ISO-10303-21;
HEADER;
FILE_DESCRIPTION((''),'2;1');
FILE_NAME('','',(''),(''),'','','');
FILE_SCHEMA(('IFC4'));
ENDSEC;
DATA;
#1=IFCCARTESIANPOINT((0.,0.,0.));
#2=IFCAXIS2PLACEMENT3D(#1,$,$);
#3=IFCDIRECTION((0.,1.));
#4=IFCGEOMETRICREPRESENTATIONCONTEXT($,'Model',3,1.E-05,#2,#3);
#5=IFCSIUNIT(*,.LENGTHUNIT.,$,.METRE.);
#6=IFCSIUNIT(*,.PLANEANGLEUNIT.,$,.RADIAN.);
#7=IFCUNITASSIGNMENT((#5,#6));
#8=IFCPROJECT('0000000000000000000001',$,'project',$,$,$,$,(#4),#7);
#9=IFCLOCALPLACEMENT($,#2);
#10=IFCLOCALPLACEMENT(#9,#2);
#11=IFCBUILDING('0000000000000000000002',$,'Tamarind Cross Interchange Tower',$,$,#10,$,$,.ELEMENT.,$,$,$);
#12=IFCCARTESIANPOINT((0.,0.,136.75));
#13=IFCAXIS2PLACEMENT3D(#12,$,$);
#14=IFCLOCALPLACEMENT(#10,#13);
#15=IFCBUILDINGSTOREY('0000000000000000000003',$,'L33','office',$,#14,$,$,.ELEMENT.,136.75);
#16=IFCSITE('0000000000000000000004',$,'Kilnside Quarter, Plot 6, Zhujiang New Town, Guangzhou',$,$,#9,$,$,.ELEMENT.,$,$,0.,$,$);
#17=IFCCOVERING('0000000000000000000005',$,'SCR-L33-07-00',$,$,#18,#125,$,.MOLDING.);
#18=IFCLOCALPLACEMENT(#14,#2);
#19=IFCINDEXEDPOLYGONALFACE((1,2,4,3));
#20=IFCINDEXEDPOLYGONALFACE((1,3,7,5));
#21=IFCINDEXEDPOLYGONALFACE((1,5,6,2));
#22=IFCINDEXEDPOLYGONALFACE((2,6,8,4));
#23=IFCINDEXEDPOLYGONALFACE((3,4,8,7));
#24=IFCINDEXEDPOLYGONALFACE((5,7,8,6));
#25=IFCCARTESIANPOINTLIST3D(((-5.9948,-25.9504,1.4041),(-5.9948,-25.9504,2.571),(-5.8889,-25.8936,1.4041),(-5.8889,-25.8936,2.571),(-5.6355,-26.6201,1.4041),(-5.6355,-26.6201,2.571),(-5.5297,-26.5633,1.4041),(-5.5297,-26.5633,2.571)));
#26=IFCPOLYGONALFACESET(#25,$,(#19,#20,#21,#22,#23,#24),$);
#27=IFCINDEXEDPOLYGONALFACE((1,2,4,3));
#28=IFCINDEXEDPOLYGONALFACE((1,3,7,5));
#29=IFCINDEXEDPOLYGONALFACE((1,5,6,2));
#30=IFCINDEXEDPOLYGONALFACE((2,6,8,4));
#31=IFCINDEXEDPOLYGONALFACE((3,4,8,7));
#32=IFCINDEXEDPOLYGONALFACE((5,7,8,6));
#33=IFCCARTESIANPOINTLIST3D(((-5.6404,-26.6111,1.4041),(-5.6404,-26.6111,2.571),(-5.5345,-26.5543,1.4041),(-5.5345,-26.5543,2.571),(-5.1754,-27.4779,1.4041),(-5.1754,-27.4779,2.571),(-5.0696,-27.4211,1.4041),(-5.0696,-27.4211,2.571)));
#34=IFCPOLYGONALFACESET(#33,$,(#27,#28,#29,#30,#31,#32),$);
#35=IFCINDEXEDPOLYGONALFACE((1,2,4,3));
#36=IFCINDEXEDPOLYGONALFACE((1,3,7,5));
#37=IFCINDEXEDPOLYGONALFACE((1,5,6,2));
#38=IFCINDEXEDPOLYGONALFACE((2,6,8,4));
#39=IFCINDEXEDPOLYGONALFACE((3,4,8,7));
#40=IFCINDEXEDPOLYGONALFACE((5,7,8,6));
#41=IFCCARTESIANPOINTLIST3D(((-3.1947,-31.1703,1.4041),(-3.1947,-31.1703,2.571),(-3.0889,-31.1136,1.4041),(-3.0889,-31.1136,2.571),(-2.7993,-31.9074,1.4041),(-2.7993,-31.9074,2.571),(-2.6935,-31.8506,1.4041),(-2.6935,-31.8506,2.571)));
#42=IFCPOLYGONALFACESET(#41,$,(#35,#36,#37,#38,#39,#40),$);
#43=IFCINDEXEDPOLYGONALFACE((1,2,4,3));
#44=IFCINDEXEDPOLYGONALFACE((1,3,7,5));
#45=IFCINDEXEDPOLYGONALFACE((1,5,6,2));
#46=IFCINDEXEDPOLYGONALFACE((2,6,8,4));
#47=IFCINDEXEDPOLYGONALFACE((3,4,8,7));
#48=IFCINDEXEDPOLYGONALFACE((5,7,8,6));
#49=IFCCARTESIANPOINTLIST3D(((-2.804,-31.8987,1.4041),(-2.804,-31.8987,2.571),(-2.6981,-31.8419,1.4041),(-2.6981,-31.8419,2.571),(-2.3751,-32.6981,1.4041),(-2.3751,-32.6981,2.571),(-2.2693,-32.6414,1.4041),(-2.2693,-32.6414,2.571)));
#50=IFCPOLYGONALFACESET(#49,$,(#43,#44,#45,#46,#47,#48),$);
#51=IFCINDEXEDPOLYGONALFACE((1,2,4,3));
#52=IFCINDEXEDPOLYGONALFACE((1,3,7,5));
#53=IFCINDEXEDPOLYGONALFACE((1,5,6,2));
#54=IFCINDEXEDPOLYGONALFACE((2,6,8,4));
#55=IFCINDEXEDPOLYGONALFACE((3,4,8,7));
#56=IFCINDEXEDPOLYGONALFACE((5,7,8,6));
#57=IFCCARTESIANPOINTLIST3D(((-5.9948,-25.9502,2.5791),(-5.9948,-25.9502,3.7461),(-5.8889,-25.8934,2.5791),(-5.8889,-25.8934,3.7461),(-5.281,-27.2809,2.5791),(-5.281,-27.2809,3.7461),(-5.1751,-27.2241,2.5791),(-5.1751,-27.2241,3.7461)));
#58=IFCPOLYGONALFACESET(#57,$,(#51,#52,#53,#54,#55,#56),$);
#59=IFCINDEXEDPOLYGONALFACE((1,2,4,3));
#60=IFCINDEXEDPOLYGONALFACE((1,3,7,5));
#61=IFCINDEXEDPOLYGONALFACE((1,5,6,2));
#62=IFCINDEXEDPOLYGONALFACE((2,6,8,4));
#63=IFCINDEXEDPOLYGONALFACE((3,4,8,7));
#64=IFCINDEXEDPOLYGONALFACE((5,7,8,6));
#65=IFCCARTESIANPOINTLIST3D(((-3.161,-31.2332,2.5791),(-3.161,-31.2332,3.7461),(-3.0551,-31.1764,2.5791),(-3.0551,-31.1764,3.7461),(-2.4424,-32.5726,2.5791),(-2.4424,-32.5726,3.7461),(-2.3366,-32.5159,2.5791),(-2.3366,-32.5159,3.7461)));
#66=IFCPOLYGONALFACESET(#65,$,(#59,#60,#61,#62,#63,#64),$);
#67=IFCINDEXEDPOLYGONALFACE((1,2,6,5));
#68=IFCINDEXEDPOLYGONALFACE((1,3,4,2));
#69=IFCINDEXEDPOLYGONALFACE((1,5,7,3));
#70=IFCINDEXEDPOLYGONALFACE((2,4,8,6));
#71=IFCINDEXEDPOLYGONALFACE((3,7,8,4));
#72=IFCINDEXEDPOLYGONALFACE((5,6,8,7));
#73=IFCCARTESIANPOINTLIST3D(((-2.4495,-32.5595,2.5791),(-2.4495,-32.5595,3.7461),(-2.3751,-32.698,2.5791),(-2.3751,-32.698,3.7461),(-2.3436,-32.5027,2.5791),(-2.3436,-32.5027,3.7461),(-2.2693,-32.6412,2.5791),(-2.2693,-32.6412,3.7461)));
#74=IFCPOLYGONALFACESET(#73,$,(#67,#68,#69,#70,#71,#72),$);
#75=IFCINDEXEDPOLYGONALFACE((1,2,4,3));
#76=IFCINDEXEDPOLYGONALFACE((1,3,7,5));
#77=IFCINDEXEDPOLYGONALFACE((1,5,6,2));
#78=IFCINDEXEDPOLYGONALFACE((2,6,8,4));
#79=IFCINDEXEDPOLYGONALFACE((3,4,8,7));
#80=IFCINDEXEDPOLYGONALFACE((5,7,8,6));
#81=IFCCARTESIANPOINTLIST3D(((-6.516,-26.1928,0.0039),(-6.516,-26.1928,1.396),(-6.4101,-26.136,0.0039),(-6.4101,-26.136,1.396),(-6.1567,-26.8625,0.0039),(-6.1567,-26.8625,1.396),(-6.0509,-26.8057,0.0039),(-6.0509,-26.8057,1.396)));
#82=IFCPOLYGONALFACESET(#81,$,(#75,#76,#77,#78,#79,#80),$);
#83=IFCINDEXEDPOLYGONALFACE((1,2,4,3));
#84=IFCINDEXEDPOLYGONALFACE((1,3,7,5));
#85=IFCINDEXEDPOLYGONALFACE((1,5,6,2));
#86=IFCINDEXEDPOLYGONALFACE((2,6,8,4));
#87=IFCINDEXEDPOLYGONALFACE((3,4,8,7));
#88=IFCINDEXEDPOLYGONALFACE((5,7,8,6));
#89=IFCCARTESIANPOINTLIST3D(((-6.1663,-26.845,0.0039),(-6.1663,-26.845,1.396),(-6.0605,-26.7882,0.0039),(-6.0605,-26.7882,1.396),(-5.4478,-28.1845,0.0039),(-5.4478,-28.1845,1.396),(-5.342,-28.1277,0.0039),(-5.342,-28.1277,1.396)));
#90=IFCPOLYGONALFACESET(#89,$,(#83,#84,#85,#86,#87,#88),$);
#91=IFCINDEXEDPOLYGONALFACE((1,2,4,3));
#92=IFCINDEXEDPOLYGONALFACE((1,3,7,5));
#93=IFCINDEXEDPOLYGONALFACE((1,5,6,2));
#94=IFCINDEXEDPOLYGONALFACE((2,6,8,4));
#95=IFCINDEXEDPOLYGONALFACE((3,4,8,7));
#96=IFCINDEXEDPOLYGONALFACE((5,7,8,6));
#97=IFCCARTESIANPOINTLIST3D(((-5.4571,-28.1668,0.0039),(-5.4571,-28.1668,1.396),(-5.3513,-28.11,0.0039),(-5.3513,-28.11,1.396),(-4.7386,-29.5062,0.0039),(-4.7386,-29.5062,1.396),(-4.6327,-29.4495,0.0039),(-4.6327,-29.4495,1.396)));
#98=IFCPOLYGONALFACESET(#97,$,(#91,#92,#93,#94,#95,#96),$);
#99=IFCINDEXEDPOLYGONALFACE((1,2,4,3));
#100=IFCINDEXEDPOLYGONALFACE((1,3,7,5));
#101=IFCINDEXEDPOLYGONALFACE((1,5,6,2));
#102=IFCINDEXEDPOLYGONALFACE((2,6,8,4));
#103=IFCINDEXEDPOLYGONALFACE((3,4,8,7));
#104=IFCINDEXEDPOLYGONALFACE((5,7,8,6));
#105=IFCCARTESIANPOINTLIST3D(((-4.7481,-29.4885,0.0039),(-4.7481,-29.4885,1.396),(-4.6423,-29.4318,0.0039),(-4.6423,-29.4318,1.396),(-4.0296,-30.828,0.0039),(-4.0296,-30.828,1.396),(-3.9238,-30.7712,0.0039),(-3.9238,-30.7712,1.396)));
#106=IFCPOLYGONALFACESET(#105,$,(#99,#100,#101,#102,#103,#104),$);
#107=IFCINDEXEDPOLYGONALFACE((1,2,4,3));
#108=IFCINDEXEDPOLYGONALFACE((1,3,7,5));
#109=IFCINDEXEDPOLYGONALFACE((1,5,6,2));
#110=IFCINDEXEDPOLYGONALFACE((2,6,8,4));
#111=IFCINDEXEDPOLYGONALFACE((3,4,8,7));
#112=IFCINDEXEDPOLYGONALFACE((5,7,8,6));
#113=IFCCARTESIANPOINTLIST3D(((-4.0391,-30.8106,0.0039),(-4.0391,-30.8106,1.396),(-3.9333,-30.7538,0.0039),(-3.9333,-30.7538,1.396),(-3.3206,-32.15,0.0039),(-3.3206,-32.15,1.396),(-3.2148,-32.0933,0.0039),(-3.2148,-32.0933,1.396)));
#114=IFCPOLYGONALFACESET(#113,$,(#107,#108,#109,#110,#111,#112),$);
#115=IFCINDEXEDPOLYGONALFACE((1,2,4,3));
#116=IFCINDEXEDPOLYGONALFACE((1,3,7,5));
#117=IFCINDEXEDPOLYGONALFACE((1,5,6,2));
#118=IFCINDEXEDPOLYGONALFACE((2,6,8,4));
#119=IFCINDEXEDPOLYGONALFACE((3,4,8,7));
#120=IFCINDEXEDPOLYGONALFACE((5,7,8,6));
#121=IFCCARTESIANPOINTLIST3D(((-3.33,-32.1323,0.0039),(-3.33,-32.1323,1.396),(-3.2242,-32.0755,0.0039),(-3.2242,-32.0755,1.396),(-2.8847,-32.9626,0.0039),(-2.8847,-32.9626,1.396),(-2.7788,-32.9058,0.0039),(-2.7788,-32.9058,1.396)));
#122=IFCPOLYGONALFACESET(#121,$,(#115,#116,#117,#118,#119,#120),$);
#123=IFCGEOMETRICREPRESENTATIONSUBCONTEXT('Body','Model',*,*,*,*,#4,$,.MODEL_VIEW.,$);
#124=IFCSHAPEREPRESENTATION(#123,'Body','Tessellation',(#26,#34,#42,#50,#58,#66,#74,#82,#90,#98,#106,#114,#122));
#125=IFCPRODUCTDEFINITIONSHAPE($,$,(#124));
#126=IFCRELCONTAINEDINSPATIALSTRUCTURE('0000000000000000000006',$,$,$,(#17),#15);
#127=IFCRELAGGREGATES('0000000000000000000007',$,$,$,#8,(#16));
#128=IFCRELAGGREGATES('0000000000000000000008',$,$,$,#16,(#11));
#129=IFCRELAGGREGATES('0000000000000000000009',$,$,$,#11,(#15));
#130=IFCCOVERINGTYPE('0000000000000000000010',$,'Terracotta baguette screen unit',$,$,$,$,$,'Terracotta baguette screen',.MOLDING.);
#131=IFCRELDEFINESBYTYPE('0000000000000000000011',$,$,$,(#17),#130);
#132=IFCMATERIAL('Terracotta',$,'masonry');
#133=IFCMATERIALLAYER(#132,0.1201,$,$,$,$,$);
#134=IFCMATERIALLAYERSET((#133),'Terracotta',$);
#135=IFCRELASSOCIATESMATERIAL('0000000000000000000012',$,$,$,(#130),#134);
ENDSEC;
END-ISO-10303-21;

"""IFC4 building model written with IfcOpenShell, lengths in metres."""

from ifc_helpers import new_model, si_unit, direction, frame, origin, origin_2d, place, context, subcontext, project, spatial, rectangle, extrude, material, layer, layer_set, type_object, element, save


model = new_model("IFC4")

# Units and contexts
model_context = context("Model", 3, precision=1e-05, world=origin(), true_north=direction((0.0, 1.0)))
body_context = subcontext(model_context, "Body", "Model", "MODEL_VIEW")
ifc_project = project(units=[si_unit("LENGTHUNIT", "METRE"), si_unit("PLANEANGLEUNIT", "RADIAN")], contexts=[model_context])

# Site, building, storey
site_placement = place(None, origin())
site = spatial("IfcSite", under=ifc_project, at=site_placement, Name="Kilnside Quarter, Plot 6, Zhujiang New Town, Guangzhou", CompositionType="ELEMENT", RefElevation=0.0)
building_placement = place(site_placement, origin())
building = spatial("IfcBuilding", under=site, at=building_placement, Name="Tamarind Cross Interchange Tower", CompositionType="ELEMENT")
storey_placement = place(building_placement, frame((0.0, 0.0, 136.75)))
storey = spatial("IfcBuildingStorey", under=building, at=storey_placement, Name="L33", Description="office", CompositionType="ELEMENT", Elevation=136.75)

# Covering
ifc_material_1 = material(Name="Terracotta", Category="masonry")
ifc_layer_1 = layer(ifc_material_1, 0.1201)
ifc_layer_set_1 = layer_set([ifc_layer_1], Name="Terracotta")
covering_type = type_object("IfcCoveringType", Name="Terracotta baguette screen unit", ElementType="Terracotta baguette screen", PredefinedType="MOLDING", material=ifc_layer_set_1)
covering_1_placement = place(storey_placement, origin())
element("IfcCovering", 1, at=covering_1_placement, inside=storey, type_object=covering_type, Name="SCR-L33-07-00", PredefinedType="MOLDING", context=body_context, shape_type="SweptSolid", body=[
    extrude(rectangle(XDim=0.76, YDim=0.1201, at=origin_2d()), frame((-5.7622, -26.2568, 1.4041), z_axis=(0.0, 0.0, 1.0), x_axis=(0.472698, -0.881224, 0.0)), (0.0, 0.0, 1.0), 1.167),
    extrude(rectangle(XDim=0.9836, YDim=0.1201, at=origin_2d()), frame((-5.355, -27.0161, 1.4041), z_axis=(0.0, 0.0, 1.0), x_axis=(0.472698, -0.881224, 0.0)), (0.0, 0.0, 1.0), 1.167),
    extrude(rectangle(XDim=0.8364, YDim=0.1201, at=origin_2d()), frame((-2.9441, -31.5105, 1.4041), z_axis=(0.0, 0.0, 1.0), x_axis=(0.472698, -0.881224, 0.0)), (0.0, 0.0, 1.0), 1.167),
    extrude(rectangle(XDim=0.9072, YDim=0.1201, at=origin_2d()), frame((-2.5366, -32.27, 1.4041), z_axis=(0.0, 0.0, 1.0), x_axis=(0.472698, -0.881224, 0.0)), (0.0, 0.0, 1.0), 1.167),
    extrude(rectangle(XDim=1.51, YDim=0.1201, at=origin_2d()), frame((-5.585, -26.5872, 2.5791), z_axis=(0.0, 0.0, 1.0), x_axis=(0.472698, -0.881224, 0.0)), (0.0, 0.0, 1.0), 1.167),
    extrude(rectangle(XDim=1.52, YDim=0.1201, at=origin_2d()), frame((-2.7488, -31.8745, 2.5791), z_axis=(0.0, 0.0, 1.0), x_axis=(0.472698, -0.881224, 0.0)), (0.0, 0.0, 1.0), 1.167),
    extrude(rectangle(XDim=0.1572, YDim=0.1201, at=origin_2d()), frame((-2.3594, -32.6003, 2.5791), z_axis=(0.0, 0.0, 1.0), x_axis=(0.472698, -0.881224, 0.0)), (0.0, 0.0, 1.0), 1.167),
    extrude(rectangle(XDim=0.76, YDim=0.1201, at=origin_2d()), frame((-6.2834, -26.4993, 0.0039), z_axis=(0.0, 0.0, 1.0), x_axis=(0.472698, -0.881224, 0.0)), (0.0, 0.0, 1.0), 1.3921),
    extrude(rectangle(XDim=1.52, YDim=0.1201, at=origin_2d()), frame((-5.7542, -27.4863, 0.0039), z_axis=(0.0, 0.0, 1.0), x_axis=(0.472698, -0.881224, 0.0)), (0.0, 0.0, 1.0), 1.3921),
    extrude(rectangle(XDim=1.52, YDim=0.1201, at=origin_2d()), frame((-5.0449, -28.8081, 0.0039), z_axis=(0.0, 0.0, 1.0), x_axis=(0.472698, -0.881224, 0.0)), (0.0, 0.0, 1.0), 1.3921),
    extrude(rectangle(XDim=1.52, YDim=0.1201, at=origin_2d()), frame((-4.3359, -30.1299, 0.0039), z_axis=(0.0, 0.0, 1.0), x_axis=(0.472698, -0.881224, 0.0)), (0.0, 0.0, 1.0), 1.3921),
    extrude(rectangle(XDim=1.52, YDim=0.1201, at=origin_2d()), frame((-3.627, -31.4519, 0.0039), z_axis=(0.0, 0.0, 1.0), x_axis=(0.472698, -0.881224, 0.0)), (0.0, 0.0, 1.0), 1.3921),
    extrude(rectangle(XDim=0.9421, YDim=0.1201, at=origin_2d()), frame((-3.0544, -32.519, 0.0039), z_axis=(0.0, 0.0, 1.0), x_axis=(0.472698, -0.881224, 0.0)), (0.0, 0.0, 1.0), 1.3921),
])

save(model, "model.ifc")
